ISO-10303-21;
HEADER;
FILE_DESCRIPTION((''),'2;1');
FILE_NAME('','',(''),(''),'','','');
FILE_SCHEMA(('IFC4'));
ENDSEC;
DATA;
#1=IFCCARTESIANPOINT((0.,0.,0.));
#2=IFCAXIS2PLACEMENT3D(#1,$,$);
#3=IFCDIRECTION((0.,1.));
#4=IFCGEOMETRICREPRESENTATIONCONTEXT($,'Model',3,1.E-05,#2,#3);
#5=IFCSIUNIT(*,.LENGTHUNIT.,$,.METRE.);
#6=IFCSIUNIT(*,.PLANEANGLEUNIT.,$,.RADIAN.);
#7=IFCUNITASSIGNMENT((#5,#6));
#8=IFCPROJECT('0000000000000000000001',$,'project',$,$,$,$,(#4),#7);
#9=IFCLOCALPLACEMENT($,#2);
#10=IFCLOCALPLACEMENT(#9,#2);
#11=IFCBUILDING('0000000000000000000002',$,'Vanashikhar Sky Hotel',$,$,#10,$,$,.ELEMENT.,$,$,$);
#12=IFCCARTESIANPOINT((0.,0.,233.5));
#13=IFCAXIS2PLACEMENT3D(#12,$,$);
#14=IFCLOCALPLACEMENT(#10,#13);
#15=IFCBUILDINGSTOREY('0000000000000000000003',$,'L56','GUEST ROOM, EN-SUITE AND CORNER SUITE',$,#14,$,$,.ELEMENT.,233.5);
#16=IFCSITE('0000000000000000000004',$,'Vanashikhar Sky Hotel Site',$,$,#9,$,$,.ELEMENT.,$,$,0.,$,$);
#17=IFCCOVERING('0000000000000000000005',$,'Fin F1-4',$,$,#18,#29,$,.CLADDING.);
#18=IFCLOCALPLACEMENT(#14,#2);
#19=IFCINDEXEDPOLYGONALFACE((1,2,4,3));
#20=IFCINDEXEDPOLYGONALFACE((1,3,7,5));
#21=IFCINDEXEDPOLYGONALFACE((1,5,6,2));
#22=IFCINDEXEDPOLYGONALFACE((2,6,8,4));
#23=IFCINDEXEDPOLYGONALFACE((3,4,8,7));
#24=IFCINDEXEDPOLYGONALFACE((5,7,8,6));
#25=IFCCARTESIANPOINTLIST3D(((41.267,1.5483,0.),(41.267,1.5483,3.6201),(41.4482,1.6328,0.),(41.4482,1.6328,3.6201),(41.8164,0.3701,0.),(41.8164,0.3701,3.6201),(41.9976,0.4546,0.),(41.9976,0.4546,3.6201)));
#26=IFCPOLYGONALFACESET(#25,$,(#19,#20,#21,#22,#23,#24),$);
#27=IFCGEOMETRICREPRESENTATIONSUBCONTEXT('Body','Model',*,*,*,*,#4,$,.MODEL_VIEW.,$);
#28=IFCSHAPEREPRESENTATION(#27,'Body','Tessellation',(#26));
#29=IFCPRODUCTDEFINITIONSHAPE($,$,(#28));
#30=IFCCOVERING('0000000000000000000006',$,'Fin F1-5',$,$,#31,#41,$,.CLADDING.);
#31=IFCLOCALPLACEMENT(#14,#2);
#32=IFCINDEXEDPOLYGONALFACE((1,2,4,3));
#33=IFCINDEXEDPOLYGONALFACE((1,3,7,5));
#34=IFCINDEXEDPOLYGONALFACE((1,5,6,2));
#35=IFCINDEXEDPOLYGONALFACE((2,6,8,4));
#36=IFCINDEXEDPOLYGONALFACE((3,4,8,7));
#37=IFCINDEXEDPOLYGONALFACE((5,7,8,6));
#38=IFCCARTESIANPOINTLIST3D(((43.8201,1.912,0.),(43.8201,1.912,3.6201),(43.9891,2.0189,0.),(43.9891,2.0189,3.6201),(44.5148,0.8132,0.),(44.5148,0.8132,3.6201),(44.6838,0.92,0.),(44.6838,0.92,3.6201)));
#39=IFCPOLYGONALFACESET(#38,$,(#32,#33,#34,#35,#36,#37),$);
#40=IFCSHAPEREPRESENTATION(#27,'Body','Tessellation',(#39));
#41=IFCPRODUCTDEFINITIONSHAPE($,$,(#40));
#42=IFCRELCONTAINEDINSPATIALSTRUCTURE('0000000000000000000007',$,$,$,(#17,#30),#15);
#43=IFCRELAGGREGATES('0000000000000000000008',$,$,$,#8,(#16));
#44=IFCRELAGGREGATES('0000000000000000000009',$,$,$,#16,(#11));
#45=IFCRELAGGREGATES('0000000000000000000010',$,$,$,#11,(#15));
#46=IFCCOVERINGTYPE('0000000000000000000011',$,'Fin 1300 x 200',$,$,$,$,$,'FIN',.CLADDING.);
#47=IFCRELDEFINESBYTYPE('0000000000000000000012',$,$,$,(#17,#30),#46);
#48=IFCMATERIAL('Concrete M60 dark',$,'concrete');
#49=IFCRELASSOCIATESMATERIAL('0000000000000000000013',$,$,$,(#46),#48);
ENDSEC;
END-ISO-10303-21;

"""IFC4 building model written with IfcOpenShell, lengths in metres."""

from ifc_helpers import new_model, si_unit, direction, frame, origin, origin_2d, place, context, subcontext, project, spatial, rectangle, extrude, source, transform, mapped, material, material_profile, profile_set, type_object, element, save


model = new_model("IFC4")

# Units and contexts
model_context = context("Model", 3, precision=1e-05, world=origin(), true_north=direction((0.0, 1.0)))
body_context = subcontext(model_context, "Body", "Model", "MODEL_VIEW")
ifc_project = project(units=[si_unit("LENGTHUNIT", "METRE"), si_unit("PLANEANGLEUNIT", "RADIAN")], contexts=[model_context])

# Site, building, storey
site_placement = place(None, origin())
site = spatial("IfcSite", under=ifc_project, at=site_placement, Name="Vanashikhar Sky Hotel Site", CompositionType="ELEMENT", RefElevation=0.0)
building_placement = place(site_placement, origin())
building = spatial("IfcBuilding", under=site, at=building_placement, Name="Vanashikhar Sky Hotel", CompositionType="ELEMENT")
storey_placement = place(building_placement, frame((0.0, 0.0, 233.5)))
storey = spatial("IfcBuildingStorey", under=building, at=storey_placement, Name="L56", Description="GUEST ROOM, EN-SUITE AND CORNER SUITE", CompositionType="ELEMENT", Elevation=233.5)

# Coverings
ifc_material_1 = material(Name="Concrete M60 dark", Category="concrete")
ifc_material_profile = material_profile(ifc_material_1, rectangle(XDim=1.3, YDim=0.2, at=origin_2d()))
ifc_profile_set = profile_set([ifc_material_profile], Name="Fin 1300 x 200")
covering_type = type_object("IfcCoveringType", Name="Fin 1300 x 200", ElementType="FIN", PredefinedType="CLADDING", material=ifc_profile_set)
shared_shape_1 = source(origin(), body_context, "Body", "SweptSolid", [
    extrude(rectangle(XDim=1.3, YDim=0.2, at=origin_2d()), origin(), (0.0, 0.0, 1.0), 3.6201),
])
for number, where, z_axis, x_axis, name in (
    (1, (41.6323, 1.0015, 0.0), (0.0, 0.0, 1.0), (0.422618, -0.906308, 0.0), "Fin F1-4"),
    (2, (44.252, 1.416, 0.0), (0.0, 0.0, 1.0), (0.534411, -0.845225, 0.0), "Fin F1-5"),
):
    element("IfcCovering", number, at=place(storey_placement, frame(where, z_axis=z_axis, x_axis=x_axis)), inside=storey, type_object=covering_type, Name=name, PredefinedType="CLADDING", context=body_context, shape_type="MappedRepresentation", body=[
        mapped(shared_shape_1, transform((0.0, 0.0, 0.0), scale=1.0)),
    ])

save(model, "model.ifc")
